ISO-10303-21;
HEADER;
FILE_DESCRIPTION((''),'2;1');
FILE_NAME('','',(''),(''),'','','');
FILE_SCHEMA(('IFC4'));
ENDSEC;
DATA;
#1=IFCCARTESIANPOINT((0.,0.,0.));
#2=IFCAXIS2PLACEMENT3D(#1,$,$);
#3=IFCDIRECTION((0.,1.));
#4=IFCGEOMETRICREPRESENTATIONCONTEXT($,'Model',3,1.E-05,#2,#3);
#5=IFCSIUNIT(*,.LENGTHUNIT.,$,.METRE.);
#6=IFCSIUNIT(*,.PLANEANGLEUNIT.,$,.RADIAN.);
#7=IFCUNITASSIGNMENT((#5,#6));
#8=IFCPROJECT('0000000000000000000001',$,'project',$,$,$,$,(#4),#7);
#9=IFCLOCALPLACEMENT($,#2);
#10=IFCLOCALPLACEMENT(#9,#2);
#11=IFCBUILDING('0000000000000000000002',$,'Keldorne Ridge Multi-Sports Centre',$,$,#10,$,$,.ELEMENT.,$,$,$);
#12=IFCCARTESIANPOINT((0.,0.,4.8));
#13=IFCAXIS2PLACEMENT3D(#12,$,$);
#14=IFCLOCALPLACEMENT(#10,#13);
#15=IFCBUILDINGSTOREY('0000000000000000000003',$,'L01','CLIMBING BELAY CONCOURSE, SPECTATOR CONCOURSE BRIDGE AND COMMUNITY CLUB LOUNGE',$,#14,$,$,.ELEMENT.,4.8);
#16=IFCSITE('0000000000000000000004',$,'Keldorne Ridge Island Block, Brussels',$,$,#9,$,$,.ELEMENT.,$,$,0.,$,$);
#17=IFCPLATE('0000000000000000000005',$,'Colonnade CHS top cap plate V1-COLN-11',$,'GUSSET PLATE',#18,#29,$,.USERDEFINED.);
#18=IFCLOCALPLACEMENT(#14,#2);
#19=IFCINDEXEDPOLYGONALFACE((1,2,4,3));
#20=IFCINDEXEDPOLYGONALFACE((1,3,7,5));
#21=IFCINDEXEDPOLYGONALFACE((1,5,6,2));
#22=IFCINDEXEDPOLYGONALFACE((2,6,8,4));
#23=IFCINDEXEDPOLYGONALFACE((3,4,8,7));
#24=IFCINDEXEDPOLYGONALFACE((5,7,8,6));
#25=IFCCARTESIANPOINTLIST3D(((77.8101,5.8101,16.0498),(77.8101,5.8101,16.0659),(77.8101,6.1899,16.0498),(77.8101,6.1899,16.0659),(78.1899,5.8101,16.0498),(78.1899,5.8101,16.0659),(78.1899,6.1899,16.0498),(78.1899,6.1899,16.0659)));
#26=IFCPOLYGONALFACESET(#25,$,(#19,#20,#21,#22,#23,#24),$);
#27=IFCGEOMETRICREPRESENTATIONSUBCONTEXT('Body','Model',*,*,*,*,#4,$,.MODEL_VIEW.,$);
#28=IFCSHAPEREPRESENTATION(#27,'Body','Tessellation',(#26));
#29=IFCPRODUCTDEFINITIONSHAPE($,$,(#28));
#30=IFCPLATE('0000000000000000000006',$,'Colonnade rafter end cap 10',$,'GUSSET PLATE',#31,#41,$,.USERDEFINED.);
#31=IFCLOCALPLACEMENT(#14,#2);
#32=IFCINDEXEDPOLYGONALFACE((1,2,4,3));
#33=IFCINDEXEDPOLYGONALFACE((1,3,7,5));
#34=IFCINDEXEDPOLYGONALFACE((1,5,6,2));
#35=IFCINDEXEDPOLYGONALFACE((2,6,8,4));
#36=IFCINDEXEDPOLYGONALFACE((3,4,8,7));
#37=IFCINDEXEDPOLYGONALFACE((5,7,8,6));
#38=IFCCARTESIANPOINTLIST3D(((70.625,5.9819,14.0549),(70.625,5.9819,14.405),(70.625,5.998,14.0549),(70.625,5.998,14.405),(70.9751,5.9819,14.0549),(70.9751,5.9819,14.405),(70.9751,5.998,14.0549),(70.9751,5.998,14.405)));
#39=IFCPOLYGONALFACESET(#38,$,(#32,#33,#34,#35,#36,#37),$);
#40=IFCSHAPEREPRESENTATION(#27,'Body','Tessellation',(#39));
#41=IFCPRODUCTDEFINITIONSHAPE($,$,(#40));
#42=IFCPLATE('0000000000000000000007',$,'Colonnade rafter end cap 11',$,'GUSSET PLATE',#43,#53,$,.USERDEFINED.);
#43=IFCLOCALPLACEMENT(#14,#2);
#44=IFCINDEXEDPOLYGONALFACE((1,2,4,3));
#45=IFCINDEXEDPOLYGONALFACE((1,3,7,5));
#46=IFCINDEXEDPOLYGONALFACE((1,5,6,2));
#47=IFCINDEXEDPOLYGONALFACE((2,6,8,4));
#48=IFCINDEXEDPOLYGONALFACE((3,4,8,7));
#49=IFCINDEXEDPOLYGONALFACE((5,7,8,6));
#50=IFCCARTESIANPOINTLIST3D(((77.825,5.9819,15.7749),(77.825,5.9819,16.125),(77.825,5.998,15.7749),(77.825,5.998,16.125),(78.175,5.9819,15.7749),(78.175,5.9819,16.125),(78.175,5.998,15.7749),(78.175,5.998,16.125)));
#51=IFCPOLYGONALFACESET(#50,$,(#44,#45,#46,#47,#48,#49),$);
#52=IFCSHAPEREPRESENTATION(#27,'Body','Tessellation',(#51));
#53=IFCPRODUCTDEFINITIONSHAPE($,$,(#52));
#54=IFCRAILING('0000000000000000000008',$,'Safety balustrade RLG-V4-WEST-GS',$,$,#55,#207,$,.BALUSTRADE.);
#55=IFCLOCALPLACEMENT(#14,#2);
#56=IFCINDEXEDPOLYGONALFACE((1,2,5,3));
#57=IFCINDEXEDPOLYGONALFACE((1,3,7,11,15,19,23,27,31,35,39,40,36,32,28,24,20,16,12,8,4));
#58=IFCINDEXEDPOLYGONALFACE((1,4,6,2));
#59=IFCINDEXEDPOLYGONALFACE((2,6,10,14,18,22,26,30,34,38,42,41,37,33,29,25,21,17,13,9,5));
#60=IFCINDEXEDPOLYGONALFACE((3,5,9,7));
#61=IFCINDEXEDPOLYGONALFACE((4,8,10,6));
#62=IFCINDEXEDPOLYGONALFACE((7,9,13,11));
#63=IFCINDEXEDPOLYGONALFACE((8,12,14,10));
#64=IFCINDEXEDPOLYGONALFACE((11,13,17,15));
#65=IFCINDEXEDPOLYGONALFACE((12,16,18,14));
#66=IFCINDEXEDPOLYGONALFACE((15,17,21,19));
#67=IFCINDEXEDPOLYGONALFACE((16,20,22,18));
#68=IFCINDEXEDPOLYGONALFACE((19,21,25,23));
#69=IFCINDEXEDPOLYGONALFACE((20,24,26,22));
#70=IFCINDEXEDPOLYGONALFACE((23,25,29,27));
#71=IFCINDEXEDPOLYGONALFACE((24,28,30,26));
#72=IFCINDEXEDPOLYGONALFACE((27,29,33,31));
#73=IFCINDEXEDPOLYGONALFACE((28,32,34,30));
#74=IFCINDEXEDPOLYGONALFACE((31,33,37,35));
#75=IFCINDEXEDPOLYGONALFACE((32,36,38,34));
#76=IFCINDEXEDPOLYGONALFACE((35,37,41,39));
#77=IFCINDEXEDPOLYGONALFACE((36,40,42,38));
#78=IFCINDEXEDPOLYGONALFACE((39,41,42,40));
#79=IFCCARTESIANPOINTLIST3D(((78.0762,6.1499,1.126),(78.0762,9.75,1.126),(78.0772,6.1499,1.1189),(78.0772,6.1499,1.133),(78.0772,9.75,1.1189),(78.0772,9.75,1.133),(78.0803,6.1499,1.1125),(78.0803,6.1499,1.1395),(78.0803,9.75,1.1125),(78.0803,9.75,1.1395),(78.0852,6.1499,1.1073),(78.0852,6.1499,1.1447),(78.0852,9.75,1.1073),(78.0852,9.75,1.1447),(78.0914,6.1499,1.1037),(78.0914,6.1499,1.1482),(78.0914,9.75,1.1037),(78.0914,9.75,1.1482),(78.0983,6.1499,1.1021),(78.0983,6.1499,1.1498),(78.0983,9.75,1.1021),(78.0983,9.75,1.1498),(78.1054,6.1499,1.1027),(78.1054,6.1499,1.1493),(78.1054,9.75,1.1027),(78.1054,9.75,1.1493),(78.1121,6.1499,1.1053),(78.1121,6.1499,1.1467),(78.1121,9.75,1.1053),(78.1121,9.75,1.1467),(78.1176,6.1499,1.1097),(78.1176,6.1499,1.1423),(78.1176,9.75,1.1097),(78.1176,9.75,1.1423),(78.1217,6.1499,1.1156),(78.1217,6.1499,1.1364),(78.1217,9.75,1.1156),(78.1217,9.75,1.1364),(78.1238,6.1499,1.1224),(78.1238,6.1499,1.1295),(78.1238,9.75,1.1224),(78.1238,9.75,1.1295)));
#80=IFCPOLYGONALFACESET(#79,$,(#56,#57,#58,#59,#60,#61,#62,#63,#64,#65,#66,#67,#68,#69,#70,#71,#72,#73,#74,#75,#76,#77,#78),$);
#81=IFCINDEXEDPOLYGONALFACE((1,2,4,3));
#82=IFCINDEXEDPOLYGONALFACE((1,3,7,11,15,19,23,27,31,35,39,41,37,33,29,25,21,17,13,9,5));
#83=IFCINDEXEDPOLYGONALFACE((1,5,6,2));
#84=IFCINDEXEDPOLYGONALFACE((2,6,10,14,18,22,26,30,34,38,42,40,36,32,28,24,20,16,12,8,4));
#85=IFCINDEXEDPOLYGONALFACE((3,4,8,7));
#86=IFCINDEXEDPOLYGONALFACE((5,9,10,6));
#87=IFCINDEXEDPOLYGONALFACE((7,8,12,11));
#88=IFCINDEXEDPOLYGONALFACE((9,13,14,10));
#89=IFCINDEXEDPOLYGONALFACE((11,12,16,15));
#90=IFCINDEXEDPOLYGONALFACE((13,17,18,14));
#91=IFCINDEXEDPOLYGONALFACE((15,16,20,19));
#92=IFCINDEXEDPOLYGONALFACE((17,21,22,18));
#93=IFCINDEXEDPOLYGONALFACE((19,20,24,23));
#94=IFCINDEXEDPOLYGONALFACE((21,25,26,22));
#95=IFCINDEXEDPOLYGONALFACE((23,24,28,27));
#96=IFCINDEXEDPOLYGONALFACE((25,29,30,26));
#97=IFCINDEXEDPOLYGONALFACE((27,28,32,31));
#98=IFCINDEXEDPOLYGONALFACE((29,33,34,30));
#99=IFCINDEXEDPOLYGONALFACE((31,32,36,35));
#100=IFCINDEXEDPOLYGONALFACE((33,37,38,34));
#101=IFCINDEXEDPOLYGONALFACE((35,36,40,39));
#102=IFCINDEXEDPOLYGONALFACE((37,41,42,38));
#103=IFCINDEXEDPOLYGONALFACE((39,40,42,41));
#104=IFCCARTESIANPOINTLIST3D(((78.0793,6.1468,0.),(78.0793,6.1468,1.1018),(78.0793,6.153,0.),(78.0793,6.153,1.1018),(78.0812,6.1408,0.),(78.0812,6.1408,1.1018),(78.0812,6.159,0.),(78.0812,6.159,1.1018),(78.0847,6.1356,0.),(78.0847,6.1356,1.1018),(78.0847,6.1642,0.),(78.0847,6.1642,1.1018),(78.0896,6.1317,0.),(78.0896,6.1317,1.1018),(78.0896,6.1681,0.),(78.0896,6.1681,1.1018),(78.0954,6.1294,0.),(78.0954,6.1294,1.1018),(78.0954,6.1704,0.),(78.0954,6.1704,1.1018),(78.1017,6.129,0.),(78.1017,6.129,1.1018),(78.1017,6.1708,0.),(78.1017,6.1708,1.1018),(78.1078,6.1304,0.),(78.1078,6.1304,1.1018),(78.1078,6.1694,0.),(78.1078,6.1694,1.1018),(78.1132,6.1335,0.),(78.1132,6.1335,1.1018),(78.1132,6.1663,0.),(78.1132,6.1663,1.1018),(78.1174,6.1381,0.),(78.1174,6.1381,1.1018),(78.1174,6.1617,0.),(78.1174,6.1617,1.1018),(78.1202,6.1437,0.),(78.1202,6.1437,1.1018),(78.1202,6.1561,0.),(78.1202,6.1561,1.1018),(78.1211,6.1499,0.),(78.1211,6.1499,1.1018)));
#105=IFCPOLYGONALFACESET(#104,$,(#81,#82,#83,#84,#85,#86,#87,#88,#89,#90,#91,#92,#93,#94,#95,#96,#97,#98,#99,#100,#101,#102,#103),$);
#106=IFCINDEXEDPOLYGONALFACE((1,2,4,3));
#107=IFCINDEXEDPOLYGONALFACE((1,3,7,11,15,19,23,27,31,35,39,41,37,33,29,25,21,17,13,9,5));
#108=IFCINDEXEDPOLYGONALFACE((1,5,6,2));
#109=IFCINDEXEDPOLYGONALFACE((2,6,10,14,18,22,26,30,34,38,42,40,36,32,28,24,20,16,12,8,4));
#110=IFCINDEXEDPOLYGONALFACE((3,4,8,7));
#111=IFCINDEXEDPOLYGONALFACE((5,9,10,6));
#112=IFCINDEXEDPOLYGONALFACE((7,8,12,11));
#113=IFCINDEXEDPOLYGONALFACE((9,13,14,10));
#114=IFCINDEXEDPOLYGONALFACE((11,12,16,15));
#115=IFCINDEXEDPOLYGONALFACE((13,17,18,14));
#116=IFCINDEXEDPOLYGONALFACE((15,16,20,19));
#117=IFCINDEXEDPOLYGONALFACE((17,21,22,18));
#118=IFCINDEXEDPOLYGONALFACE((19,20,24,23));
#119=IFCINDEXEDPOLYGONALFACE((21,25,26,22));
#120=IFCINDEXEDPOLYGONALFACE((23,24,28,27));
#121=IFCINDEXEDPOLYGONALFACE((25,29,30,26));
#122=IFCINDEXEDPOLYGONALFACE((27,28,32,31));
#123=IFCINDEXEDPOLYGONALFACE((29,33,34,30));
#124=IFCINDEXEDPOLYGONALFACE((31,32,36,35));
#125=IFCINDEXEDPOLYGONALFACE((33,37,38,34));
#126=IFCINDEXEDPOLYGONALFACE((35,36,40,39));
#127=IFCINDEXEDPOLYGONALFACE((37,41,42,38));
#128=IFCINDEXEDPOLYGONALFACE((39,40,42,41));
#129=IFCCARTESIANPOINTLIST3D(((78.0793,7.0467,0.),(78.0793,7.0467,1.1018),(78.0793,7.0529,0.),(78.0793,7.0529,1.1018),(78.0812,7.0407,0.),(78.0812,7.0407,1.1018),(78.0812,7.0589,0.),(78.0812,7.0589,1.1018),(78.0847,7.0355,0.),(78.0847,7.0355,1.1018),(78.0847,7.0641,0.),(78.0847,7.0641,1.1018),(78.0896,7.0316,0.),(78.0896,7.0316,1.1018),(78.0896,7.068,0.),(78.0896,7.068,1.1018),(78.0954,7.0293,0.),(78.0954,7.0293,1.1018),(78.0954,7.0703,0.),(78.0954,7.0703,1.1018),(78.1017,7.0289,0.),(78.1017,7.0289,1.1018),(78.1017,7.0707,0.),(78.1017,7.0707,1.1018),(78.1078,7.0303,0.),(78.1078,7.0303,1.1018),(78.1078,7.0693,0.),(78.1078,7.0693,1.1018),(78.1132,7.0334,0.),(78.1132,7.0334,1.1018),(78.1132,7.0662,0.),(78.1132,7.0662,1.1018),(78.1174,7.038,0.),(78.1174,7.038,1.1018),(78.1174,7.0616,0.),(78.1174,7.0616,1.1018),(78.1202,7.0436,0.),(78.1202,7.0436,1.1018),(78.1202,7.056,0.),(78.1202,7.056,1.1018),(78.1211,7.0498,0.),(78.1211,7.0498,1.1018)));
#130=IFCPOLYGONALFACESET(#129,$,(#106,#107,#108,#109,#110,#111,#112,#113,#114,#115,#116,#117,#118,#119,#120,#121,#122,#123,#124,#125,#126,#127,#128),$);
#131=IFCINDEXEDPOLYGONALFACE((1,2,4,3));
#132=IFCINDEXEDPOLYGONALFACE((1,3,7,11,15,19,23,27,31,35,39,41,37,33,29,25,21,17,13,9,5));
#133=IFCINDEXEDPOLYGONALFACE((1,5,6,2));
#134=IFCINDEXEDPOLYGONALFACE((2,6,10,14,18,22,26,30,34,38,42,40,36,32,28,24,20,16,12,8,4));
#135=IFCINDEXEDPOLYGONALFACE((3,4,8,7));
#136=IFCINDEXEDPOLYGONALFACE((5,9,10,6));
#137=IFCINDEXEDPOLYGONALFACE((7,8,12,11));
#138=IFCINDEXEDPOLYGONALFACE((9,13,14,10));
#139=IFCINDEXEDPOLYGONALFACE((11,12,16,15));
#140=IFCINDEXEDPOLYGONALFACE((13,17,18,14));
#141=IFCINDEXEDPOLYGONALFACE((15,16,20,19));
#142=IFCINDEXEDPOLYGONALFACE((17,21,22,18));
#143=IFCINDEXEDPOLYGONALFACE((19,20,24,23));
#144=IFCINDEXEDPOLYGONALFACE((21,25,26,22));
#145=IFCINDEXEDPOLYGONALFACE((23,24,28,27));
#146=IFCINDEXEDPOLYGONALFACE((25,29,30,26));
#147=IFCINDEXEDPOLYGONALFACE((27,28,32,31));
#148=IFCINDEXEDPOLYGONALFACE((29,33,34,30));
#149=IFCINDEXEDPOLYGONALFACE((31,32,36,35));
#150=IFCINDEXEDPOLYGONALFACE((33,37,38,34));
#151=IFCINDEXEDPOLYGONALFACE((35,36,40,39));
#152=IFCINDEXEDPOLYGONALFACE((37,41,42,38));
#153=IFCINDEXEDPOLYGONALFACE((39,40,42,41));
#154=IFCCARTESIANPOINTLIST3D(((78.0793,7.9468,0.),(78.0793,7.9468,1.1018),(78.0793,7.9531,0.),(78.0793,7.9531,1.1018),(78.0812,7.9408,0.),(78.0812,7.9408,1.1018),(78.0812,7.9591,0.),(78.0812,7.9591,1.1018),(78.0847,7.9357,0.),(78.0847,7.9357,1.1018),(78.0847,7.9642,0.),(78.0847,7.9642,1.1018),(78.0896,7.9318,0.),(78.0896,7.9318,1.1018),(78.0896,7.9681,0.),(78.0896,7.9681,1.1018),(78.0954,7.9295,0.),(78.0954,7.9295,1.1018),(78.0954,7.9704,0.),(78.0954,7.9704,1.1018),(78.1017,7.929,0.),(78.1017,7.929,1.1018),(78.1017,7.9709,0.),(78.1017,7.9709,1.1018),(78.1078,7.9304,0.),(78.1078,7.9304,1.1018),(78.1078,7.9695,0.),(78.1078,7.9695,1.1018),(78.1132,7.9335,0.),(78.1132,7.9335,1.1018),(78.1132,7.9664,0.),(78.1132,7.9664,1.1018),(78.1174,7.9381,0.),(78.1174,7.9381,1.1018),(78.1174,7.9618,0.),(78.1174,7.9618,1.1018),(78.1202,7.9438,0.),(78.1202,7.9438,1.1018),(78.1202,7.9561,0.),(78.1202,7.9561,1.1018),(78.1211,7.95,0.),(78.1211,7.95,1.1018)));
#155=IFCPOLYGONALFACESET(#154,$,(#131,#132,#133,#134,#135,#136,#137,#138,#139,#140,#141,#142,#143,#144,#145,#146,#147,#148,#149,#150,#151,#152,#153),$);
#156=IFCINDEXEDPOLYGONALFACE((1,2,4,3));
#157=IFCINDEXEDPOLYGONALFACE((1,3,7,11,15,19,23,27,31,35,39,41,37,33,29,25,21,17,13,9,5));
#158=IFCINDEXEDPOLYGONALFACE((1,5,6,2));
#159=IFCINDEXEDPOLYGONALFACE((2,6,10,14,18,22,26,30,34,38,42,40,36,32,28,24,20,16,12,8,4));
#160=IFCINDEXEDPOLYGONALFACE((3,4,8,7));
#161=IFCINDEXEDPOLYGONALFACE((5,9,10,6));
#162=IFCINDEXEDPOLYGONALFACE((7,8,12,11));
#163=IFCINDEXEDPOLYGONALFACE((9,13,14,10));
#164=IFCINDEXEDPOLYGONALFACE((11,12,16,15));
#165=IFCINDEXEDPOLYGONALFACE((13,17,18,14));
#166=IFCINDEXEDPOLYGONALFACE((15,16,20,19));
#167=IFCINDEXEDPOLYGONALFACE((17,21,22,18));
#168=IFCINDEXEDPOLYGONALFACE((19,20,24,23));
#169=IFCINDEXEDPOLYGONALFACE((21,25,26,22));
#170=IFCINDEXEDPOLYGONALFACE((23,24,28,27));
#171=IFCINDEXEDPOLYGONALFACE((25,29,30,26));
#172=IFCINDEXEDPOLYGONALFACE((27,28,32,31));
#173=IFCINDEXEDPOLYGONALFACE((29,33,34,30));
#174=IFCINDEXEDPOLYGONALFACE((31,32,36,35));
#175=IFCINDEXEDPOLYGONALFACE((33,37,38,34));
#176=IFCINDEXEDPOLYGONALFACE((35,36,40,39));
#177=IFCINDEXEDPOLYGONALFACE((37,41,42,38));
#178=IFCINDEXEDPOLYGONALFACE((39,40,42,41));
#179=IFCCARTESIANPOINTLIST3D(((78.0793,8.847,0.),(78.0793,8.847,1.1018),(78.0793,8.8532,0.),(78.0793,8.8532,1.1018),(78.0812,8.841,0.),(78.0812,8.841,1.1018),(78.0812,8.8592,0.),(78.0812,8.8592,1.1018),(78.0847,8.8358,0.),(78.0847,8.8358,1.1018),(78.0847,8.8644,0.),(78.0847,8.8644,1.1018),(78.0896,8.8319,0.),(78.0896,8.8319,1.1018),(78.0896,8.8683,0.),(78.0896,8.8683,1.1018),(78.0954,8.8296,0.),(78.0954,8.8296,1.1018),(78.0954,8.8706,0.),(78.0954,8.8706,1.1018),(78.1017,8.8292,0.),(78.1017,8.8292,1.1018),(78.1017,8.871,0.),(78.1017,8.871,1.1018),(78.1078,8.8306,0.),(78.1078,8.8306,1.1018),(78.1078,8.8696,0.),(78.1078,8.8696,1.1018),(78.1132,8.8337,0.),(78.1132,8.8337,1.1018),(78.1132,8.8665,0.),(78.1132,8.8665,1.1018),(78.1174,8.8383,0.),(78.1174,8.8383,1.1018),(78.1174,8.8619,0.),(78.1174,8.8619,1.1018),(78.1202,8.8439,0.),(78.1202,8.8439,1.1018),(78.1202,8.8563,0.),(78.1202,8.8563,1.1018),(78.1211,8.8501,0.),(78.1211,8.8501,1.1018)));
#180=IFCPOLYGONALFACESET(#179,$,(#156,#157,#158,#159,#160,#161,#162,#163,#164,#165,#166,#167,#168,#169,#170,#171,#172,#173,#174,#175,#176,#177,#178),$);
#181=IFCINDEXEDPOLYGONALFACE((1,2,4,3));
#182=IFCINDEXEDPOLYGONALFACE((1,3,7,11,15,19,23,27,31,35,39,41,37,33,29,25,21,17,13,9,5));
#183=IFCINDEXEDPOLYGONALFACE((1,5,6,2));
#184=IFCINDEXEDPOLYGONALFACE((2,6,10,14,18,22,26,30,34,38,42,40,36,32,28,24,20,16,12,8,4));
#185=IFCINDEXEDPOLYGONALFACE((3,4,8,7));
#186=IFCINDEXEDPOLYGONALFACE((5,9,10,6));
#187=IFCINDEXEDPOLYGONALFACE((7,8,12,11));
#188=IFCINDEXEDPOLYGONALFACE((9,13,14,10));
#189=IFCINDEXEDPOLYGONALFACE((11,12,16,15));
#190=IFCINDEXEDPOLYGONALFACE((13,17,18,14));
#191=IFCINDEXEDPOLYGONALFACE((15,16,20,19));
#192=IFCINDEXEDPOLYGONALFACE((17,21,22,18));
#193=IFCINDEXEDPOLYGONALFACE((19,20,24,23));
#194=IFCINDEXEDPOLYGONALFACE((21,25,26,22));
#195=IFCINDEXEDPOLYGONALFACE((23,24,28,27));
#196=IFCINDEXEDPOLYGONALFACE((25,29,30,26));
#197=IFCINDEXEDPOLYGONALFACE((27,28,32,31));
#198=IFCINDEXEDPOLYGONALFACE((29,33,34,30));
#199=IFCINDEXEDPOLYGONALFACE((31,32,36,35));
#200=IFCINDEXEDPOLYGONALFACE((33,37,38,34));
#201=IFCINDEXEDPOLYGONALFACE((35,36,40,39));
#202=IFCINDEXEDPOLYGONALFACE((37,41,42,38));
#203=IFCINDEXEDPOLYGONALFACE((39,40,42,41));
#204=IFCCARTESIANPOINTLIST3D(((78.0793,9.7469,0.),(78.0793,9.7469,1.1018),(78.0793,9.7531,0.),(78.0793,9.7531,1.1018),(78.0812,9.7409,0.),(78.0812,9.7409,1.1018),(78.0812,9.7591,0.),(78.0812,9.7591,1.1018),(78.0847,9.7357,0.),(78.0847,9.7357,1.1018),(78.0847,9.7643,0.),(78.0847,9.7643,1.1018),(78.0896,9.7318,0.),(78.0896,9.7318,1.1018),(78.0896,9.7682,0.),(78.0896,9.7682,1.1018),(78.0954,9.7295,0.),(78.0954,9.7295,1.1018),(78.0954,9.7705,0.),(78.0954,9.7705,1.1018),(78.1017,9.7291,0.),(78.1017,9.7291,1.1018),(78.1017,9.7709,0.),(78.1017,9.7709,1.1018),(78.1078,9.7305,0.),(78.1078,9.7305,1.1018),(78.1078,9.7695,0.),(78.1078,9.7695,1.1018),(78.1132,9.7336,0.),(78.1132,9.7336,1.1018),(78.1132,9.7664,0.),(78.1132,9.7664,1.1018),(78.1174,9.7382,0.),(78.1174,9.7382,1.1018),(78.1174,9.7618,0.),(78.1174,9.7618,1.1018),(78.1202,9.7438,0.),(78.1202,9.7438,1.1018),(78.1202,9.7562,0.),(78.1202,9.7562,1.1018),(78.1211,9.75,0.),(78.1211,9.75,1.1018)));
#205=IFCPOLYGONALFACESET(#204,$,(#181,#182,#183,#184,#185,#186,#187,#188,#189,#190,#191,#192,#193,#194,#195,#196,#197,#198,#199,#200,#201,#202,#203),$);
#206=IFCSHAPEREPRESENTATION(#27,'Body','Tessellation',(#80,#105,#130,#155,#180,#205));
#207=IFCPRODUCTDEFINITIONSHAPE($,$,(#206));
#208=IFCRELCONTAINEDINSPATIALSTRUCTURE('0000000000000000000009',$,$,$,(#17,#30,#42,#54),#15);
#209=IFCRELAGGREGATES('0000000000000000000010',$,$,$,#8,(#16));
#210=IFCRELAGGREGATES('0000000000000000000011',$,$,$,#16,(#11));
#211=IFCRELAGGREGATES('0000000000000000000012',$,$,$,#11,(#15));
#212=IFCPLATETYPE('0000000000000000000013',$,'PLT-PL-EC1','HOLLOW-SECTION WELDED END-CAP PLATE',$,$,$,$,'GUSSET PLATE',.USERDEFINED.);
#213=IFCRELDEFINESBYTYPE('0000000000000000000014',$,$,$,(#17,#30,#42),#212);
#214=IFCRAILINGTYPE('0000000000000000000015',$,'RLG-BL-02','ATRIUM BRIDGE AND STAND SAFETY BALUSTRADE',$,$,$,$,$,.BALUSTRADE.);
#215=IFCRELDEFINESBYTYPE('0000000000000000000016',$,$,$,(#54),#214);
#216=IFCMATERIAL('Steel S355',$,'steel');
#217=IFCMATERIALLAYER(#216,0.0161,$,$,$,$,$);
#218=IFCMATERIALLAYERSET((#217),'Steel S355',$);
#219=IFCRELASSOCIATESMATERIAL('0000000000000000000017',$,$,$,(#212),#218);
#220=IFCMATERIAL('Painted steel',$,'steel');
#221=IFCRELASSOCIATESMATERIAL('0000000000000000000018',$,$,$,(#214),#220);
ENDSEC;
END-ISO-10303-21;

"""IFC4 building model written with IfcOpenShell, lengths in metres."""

from ifc_helpers import new_model, si_unit, direction, frame, origin, origin_2d, place, context, subcontext, project, spatial, rectangle, circle, extrude, material, layer, layer_set, type_object, element, save


model = new_model("IFC4")

# Units and contexts
model_context = context("Model", 3, precision=1e-05, world=origin(), true_north=direction((0.0, 1.0)))
body_context = subcontext(model_context, "Body", "Model", "MODEL_VIEW")
ifc_project = project(units=[si_unit("LENGTHUNIT", "METRE"), si_unit("PLANEANGLEUNIT", "RADIAN")], contexts=[model_context])

# Site, building, storey
site_placement = place(None, origin())
site = spatial("IfcSite", under=ifc_project, at=site_placement, Name="Keldorne Ridge Island Block, Brussels", CompositionType="ELEMENT", RefElevation=0.0)
building_placement = place(site_placement, origin())
building = spatial("IfcBuilding", under=site, at=building_placement, Name="Keldorne Ridge Multi-Sports Centre", CompositionType="ELEMENT")
storey_placement = place(building_placement, frame((0.0, 0.0, 4.8)))
storey = spatial("IfcBuildingStorey", under=building, at=storey_placement, Name="L01", Description="CLIMBING BELAY CONCOURSE, SPECTATOR CONCOURSE BRIDGE AND COMMUNITY CLUB LOUNGE", CompositionType="ELEMENT", Elevation=4.8)

# Shared definitions
ifc_material_1 = material(Name="Steel S355", Category="steel")

# Plates
ifc_layer_1 = layer(ifc_material_1, 0.0161)
ifc_layer_set_1 = layer_set([ifc_layer_1], Name="Steel S355")
plate_type_1 = type_object("IfcPlateType", Name="PLT-PL-EC1", Description="HOLLOW-SECTION WELDED END-CAP PLATE", ElementType="GUSSET PLATE", PredefinedType="USERDEFINED", material=ifc_layer_set_1)
for number, where, z_axis, x_axis, name in (
    (1, (78.0, 6.0, 16.0498), (0.0, 0.0, 1.0), (1.0, 0.0, 0.0), "Colonnade CHS top cap plate V1-COLN-11"),
):
    element("IfcPlate", number, at=place(storey_placement, frame(where, z_axis=z_axis, x_axis=x_axis)), inside=storey, type_object=plate_type_1, Name=name, ObjectType="GUSSET PLATE", PredefinedType="USERDEFINED", context=body_context, shape_type="SweptSolid", body=[
        extrude(rectangle(XDim=0.3799, YDim=0.3799, at=origin_2d()), origin(), (0.0, 0.0, 1.0), 0.0161),
    ])
for number, where, z_axis, x_axis, name in (
    (2, (70.8, 5.99, 14.0549), (0.0, 0.0, 1.0), (1.0, 0.0, 0.0), "Colonnade rafter end cap 10"),
    (3, (78.0, 5.99, 15.7749), (0.0, 0.0, 1.0), (1.0, 0.0, 0.0), "Colonnade rafter end cap 11"),
):
    element("IfcPlate", number, at=place(storey_placement, frame(where, z_axis=z_axis, x_axis=x_axis)), inside=storey, type_object=plate_type_1, Name=name, ObjectType="GUSSET PLATE", PredefinedType="USERDEFINED", context=body_context, shape_type="SweptSolid", body=[
        extrude(rectangle(XDim=0.3501, YDim=0.0161, at=origin_2d()), origin(), (0.0, 0.0, 1.0), 0.3501),
    ])

# Railing
ifc_material_2 = material(Name="Painted steel", Category="steel")
railing_type = type_object("IfcRailingType", Name="RLG-BL-02", Description="ATRIUM BRIDGE AND STAND SAFETY BALUSTRADE", PredefinedType="BALUSTRADE", material=ifc_material_2)
railing_placement = place(storey_placement, frame((78.1001, 6.1499, 0.0)))
element("IfcRailing", 4, at=railing_placement, inside=storey, type_object=railing_type, Name="Safety balustrade RLG-V4-WEST-GS", PredefinedType="BALUSTRADE", context=body_context, shape_type="SweptSolid", body=[
    extrude(circle(Radius=0.0239, at=origin_2d()), frame((0.0, 0.0, 1.126), z_axis=(0.0, 1.0, 0.0), x_axis=(-1.0, 0.0, 0.0)), (0.0, 0.0, 1.0), 3.6001),
    extrude(circle(Radius=0.021, at=origin_2d()), origin(), (0.0, 0.0, 1.0), 1.1018),
    extrude(circle(Radius=0.021, at=origin_2d()), frame((0.0, 0.8999, 0.0)), (0.0, 0.0, 1.0), 1.1018),
    extrude(circle(Radius=0.021, at=origin_2d()), frame((0.0, 1.8, 0.0)), (0.0, 0.0, 1.0), 1.1018),
    extrude(circle(Radius=0.021, at=origin_2d()), frame((0.0, 2.7002, 0.0)), (0.0, 0.0, 1.0), 1.1018),
    extrude(circle(Radius=0.021, at=origin_2d()), frame((0.0, 3.6001, 0.0)), (0.0, 0.0, 1.0), 1.1018),
])

save(model, "model.ifc")
